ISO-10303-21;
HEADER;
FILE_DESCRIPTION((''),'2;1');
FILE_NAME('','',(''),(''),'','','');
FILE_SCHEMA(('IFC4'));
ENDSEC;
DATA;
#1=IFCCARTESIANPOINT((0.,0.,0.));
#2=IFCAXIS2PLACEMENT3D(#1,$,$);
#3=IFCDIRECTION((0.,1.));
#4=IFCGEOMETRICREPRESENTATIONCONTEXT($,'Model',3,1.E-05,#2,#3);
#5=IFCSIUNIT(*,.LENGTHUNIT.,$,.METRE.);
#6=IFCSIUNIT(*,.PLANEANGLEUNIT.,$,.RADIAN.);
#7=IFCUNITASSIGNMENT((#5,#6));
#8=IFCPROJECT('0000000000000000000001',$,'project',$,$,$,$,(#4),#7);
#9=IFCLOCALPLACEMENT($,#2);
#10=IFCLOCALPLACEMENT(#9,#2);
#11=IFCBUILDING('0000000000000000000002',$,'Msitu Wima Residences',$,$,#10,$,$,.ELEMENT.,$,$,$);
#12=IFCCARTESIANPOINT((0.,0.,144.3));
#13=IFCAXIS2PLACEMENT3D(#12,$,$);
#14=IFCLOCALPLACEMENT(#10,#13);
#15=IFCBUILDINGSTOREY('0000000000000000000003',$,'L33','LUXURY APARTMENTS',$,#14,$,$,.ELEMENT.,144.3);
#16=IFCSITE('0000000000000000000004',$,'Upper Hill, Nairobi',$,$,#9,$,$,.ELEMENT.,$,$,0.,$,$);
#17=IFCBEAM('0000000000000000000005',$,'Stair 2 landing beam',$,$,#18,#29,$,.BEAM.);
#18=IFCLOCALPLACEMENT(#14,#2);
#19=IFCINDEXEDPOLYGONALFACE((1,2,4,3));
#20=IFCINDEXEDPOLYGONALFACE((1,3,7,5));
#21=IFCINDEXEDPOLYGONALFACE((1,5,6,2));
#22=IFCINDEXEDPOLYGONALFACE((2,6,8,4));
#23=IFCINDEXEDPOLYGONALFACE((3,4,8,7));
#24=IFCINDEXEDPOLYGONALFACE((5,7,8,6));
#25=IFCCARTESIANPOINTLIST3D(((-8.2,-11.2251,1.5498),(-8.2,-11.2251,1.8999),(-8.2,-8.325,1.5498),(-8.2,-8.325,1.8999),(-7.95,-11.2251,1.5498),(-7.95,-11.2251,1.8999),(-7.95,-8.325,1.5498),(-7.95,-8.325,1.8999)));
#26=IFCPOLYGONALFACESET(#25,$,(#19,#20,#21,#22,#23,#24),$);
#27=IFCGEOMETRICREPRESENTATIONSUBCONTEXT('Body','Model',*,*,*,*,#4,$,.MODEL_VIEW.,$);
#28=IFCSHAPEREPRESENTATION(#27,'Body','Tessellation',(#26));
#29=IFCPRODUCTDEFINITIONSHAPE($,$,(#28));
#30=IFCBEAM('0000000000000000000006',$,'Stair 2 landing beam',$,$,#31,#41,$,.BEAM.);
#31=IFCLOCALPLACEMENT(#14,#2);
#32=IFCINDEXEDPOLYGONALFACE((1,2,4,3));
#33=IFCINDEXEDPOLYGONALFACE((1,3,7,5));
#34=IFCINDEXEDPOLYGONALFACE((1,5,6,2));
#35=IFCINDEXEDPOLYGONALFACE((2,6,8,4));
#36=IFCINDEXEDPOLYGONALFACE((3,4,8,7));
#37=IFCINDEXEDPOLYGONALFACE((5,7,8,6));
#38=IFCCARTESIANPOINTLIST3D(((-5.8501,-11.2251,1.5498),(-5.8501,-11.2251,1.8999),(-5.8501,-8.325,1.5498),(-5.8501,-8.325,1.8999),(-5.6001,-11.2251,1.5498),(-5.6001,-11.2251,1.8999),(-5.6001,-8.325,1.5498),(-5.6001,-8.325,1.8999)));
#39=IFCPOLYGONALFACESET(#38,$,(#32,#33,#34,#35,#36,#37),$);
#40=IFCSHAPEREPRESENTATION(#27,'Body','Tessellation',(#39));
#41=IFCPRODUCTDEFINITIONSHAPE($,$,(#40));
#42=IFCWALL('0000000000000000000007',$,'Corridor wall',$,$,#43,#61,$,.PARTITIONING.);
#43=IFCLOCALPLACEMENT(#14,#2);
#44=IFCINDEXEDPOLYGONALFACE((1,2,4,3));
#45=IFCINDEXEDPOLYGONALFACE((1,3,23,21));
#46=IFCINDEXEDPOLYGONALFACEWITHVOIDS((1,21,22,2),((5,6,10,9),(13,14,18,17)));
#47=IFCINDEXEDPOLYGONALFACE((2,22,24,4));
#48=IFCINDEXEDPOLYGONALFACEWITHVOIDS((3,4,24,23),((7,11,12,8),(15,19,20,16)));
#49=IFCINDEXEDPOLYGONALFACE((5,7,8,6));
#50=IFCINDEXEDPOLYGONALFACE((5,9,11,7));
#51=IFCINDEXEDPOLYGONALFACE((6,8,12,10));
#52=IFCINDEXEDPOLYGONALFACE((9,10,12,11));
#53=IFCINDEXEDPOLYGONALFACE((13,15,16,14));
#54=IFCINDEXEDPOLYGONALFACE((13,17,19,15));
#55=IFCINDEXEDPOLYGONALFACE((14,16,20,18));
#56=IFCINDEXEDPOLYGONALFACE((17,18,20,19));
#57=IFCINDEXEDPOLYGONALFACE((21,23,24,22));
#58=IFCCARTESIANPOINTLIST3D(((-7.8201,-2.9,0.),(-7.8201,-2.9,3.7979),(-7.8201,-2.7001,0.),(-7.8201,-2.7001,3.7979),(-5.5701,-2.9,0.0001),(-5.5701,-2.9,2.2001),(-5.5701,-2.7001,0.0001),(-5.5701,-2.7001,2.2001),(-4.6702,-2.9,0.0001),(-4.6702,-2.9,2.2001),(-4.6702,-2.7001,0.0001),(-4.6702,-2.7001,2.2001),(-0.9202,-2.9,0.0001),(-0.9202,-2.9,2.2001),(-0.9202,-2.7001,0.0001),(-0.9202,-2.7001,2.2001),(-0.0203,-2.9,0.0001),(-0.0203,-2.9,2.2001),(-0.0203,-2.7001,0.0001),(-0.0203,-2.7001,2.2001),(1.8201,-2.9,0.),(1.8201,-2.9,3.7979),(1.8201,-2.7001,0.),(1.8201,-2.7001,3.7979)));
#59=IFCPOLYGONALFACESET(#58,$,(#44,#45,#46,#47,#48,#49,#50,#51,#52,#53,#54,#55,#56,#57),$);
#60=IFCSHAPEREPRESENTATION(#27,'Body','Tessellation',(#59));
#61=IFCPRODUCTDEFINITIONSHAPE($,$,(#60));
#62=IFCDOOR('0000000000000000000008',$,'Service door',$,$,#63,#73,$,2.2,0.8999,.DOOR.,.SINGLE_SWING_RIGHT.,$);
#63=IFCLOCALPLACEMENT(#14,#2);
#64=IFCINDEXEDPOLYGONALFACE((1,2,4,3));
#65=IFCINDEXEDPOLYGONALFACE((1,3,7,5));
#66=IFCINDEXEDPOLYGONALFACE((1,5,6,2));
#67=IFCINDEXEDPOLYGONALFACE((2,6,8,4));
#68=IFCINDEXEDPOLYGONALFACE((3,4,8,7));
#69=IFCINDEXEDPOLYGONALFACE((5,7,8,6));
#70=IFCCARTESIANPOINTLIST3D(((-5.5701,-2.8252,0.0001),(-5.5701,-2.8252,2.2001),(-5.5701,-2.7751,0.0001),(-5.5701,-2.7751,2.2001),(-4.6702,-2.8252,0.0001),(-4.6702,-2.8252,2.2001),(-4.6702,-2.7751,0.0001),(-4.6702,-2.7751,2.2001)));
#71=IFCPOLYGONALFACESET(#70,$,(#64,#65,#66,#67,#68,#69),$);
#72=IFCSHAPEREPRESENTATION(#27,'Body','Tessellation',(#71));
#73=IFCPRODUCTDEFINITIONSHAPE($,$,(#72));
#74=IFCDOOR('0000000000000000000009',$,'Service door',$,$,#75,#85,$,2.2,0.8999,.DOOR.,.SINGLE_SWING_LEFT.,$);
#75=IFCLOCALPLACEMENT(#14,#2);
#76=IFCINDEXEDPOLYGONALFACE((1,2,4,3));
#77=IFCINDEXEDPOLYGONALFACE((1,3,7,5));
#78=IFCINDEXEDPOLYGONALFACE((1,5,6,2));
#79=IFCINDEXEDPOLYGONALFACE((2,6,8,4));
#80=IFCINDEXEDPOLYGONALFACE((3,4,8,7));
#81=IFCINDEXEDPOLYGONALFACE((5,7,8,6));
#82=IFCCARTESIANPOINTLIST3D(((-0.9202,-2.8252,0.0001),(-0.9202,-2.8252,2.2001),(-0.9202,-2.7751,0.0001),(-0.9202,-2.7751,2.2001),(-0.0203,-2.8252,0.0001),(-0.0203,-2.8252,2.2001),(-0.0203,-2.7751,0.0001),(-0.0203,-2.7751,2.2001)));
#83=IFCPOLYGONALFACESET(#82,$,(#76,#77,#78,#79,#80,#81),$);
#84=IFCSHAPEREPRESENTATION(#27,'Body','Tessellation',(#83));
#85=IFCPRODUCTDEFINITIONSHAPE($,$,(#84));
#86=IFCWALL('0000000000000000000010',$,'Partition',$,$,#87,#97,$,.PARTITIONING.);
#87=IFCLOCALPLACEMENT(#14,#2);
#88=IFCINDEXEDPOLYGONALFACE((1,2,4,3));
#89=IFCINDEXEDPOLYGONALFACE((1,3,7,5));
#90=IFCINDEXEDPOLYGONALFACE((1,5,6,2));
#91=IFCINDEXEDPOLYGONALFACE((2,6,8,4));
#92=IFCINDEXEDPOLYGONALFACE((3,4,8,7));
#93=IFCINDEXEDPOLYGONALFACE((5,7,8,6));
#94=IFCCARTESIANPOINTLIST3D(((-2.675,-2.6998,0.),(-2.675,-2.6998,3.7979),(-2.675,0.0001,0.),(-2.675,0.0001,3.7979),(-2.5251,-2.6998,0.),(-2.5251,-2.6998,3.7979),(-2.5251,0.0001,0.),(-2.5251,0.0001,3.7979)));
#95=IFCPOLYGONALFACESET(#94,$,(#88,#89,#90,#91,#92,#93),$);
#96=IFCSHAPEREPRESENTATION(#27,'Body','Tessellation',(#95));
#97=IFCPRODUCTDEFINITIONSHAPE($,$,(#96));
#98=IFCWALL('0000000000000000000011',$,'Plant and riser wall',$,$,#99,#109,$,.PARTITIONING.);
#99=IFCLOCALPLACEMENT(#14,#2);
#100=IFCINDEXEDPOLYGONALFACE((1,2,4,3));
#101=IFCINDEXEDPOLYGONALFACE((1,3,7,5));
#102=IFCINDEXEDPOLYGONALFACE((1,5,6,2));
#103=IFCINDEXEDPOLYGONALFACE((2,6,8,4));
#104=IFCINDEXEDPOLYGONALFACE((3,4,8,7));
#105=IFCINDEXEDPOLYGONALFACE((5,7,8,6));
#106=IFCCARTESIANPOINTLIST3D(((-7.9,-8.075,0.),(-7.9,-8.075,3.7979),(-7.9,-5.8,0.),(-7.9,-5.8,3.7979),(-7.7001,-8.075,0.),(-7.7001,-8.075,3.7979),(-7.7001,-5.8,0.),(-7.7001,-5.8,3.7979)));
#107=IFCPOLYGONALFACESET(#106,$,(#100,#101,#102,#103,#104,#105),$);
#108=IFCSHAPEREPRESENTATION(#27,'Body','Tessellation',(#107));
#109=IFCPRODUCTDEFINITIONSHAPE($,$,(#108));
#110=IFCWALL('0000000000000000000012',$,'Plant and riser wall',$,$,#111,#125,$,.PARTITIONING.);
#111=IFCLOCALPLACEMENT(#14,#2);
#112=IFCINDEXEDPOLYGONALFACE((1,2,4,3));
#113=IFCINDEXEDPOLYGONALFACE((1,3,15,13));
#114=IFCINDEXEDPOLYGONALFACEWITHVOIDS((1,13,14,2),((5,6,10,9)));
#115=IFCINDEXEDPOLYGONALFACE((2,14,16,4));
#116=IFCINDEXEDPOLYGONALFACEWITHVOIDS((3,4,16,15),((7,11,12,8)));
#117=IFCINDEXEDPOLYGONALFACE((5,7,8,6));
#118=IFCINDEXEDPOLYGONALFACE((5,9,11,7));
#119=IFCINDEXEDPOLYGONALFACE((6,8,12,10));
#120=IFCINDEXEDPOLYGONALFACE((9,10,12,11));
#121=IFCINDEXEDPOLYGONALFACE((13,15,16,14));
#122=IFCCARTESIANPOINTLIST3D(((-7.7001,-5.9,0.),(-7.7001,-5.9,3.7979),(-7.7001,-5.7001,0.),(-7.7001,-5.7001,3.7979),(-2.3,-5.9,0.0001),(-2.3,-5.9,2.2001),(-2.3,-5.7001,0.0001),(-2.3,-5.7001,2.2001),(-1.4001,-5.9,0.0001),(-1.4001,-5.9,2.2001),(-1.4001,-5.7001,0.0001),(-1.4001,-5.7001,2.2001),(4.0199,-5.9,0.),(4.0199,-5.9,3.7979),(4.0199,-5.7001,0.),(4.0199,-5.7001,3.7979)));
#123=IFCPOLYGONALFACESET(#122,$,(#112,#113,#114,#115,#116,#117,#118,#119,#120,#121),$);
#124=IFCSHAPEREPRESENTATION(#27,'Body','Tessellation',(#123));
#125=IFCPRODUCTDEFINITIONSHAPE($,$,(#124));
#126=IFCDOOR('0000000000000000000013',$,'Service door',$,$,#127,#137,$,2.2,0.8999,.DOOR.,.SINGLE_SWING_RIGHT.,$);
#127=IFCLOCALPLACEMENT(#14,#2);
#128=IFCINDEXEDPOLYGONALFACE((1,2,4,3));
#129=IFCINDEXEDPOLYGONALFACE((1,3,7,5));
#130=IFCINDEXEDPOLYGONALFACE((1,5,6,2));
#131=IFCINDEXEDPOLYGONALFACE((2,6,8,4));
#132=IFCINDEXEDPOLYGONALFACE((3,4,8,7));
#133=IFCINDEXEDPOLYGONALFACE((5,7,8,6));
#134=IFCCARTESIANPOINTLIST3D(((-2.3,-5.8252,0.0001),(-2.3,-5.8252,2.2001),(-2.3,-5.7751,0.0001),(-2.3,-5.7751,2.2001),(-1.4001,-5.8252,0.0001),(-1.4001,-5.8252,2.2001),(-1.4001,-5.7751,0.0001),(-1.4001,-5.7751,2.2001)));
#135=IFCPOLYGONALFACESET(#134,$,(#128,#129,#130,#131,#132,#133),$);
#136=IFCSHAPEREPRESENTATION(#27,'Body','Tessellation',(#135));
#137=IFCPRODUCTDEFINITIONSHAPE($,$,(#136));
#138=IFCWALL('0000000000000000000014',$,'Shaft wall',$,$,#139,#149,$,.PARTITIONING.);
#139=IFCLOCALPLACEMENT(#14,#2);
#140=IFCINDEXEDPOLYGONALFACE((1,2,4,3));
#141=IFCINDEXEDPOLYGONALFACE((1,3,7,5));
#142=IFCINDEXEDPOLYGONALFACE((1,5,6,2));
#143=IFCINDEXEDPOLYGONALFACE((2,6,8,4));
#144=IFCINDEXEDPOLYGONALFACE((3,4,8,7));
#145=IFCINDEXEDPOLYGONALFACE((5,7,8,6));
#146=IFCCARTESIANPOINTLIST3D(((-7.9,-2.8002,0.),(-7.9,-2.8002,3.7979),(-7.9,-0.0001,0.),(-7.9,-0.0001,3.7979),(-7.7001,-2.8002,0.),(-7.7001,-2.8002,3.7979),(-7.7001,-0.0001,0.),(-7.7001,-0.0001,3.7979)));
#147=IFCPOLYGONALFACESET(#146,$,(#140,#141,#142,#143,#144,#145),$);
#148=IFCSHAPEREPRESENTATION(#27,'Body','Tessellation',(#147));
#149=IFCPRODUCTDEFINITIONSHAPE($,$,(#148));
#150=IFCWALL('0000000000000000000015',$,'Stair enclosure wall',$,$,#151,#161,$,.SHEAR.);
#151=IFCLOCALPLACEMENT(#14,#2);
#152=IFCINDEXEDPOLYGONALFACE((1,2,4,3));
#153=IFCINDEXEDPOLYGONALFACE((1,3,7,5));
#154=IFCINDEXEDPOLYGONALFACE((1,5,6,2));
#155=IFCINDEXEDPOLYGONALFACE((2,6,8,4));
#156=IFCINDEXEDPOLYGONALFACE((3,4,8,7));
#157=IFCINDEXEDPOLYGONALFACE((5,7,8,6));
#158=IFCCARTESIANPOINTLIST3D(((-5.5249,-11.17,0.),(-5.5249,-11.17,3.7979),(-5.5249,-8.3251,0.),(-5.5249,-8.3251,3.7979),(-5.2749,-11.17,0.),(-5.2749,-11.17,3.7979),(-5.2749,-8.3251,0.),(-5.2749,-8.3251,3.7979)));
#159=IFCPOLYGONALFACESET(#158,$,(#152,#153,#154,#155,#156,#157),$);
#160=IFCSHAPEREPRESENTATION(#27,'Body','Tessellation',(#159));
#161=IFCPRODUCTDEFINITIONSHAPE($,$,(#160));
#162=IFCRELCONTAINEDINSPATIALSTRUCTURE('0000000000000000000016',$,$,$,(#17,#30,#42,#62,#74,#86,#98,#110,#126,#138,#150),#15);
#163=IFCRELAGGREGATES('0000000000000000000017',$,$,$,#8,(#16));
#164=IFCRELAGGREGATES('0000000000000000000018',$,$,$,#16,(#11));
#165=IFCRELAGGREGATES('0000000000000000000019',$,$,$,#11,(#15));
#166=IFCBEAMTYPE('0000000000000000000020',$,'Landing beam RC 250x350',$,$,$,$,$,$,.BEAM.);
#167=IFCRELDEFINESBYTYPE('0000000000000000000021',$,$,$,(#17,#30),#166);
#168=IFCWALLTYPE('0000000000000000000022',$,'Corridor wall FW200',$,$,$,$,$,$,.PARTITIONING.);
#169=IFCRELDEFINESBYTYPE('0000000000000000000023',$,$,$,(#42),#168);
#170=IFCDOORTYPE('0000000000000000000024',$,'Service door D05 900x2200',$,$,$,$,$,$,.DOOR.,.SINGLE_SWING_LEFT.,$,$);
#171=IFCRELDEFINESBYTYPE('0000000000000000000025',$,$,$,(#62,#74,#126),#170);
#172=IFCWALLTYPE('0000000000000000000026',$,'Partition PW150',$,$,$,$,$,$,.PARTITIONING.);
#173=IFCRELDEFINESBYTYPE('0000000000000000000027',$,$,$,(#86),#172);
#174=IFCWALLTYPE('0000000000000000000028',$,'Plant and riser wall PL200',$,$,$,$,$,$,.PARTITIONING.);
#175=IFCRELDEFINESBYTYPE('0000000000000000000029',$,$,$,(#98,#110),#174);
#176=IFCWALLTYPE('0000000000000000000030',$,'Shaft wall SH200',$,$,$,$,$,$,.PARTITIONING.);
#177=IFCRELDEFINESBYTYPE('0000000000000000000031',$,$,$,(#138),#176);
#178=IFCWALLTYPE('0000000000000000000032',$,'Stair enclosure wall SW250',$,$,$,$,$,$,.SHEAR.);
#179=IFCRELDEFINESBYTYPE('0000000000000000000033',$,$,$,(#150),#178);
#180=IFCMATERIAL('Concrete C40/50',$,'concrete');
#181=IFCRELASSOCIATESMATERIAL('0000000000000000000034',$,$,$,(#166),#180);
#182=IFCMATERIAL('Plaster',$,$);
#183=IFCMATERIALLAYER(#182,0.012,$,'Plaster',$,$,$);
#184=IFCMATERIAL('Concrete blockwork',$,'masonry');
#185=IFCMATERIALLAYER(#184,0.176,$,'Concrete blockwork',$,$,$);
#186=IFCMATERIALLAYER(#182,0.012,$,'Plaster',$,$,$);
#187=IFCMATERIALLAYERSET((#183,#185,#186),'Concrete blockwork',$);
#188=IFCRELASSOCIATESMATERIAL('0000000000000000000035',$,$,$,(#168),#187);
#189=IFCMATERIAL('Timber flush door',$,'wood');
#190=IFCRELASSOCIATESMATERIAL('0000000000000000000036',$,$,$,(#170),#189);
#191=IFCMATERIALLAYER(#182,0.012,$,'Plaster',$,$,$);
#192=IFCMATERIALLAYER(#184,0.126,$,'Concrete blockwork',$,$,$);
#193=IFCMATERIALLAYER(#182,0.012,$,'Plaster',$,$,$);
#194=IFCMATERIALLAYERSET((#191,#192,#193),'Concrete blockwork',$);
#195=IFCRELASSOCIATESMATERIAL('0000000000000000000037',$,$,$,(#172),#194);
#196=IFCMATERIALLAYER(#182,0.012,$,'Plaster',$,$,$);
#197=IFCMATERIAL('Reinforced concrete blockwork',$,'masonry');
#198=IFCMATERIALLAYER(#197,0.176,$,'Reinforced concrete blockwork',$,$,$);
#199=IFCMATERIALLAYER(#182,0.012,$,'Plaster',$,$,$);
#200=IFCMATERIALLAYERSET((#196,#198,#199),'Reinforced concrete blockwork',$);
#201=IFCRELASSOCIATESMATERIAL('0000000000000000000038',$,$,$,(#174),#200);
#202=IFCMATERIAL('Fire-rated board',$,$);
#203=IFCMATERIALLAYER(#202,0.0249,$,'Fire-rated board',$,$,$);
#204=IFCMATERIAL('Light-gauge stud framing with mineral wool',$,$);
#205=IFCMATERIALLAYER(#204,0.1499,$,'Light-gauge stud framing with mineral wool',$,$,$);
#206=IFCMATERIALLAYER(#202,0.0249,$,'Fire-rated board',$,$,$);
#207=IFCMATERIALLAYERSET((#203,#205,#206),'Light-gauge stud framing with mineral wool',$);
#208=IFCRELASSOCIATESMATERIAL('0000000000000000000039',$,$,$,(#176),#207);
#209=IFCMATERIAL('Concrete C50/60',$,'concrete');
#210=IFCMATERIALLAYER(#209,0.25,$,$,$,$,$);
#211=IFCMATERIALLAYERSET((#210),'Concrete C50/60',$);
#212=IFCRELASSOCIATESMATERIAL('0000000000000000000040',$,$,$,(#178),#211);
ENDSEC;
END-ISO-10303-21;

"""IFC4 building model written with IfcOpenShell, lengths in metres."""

from ifc_helpers import new_model, si_unit, direction, frame, frame_2d, origin, origin_2d, place, context, subcontext, project, spatial, rectangle, extrude, material, layer, layer_set, material_profile, profile_set, type_object, element, fill, save


model = new_model("IFC4")

# Units and contexts
model_context = context("Model", 3, precision=1e-05, world=origin(), true_north=direction((0.0, 1.0)))
body_context = subcontext(model_context, "Body", "Model", "MODEL_VIEW")
ifc_project = project(units=[si_unit("LENGTHUNIT", "METRE"), si_unit("PLANEANGLEUNIT", "RADIAN")], contexts=[model_context])

# Site, building, storey
site_placement = place(None, origin())
site = spatial("IfcSite", under=ifc_project, at=site_placement, Name="Upper Hill, Nairobi", CompositionType="ELEMENT", RefElevation=0.0)
building_placement = place(site_placement, origin())
building = spatial("IfcBuilding", under=site, at=building_placement, Name="Msitu Wima Residences", CompositionType="ELEMENT")
storey_placement = place(building_placement, frame((0.0, 0.0, 144.3)))
storey = spatial("IfcBuildingStorey", under=building, at=storey_placement, Name="L33", Description="LUXURY APARTMENTS", CompositionType="ELEMENT", Elevation=144.3)

# Beams
ifc_material_1 = material(Name="Concrete C40/50", Category="concrete")
ifc_material_profile = material_profile(ifc_material_1, rectangle(XDim=0.25, YDim=0.3501, at=origin_2d()), Name="RC 250x350")
ifc_profile_set = profile_set([ifc_material_profile], Name="Concrete C40/50")
beam_type = type_object("IfcBeamType", Name="Landing beam RC 250x350", PredefinedType="BEAM", material=ifc_profile_set)
for number, where, z_axis, x_axis, name in (
    (1, (-8.075, -11.2251, 1.7249), (0.0, 1.0, 0.0), (-1.0, 0.0, 0.0), "Stair 2 landing beam"),
    (2, (-5.7251, -11.2251, 1.7249), (0.0, 1.0, 0.0), (-1.0, 0.0, 0.0), "Stair 2 landing beam"),
):
    element("IfcBeam", number, at=place(storey_placement, frame(where, z_axis=z_axis, x_axis=x_axis)), inside=storey, type_object=beam_type, Name=name, PredefinedType="BEAM", context=body_context, shape_type="SweptSolid", body=[
        extrude(rectangle(XDim=0.25, YDim=0.3501, at=origin_2d()), origin(), (0.0, 0.0, 1.0), 2.9001),
    ])

# Wall, openings, doors
ifc_material_2 = material(Name="Plaster")
ifc_layer_1 = layer(ifc_material_2, 0.012, Name="Plaster")
ifc_material_3 = material(Name="Concrete blockwork", Category="masonry")
ifc_layer_2 = layer(ifc_material_3, 0.176, Name="Concrete blockwork")
ifc_layer_3 = layer(ifc_material_2, 0.012, Name="Plaster")
ifc_layer_set_1 = layer_set([ifc_layer_1, ifc_layer_2, ifc_layer_3], Name="Concrete blockwork")
wall_type_1 = type_object("IfcWallType", Name="Corridor wall FW200", PredefinedType="PARTITIONING", material=ifc_layer_set_1)
wall_1_placement = place(storey_placement, frame((-7.8201, -2.8, 0.0), z_axis=(0.0, 0.0, 1.0), x_axis=(1.0, 0.0, 0.0)))
wall_1 = element("IfcWall", 3, at=wall_1_placement, inside=storey, type_object=wall_type_1, Name="Corridor wall", PredefinedType="PARTITIONING", context=body_context, shape_type="SweptSolid", body=[
    extrude(rectangle(XDim=9.6401, YDim=0.2, at=frame_2d((4.8201, 0.0))), origin(), (0.0, 0.0, 1.0), 3.7979),
])
opening_1_placement = place(wall_1_placement, frame((2.25, 0.0, 0.0)))
opening_1 = element("IfcOpeningElement", 4, at=opening_1_placement, cuts=wall_1, PredefinedType="OPENING", context=body_context, shape_type="SweptSolid", body=[
    extrude(rectangle(XDim=0.8999, YDim=2.2, at=frame_2d((0.45, 1.1001))), frame((0.0, 0.1099, 0.0), z_axis=(0.0, -1.0, 0.0), x_axis=(1.0, 0.0, 0.0)), (0.0, 0.0, 1.0), 0.22),
])
opening_2_placement = place(wall_1_placement, frame((6.8999, 0.0, 0.0)))
opening_2 = element("IfcOpeningElement", 5, at=opening_2_placement, cuts=wall_1, PredefinedType="OPENING", context=body_context, shape_type="SweptSolid", body=[
    extrude(rectangle(XDim=0.8999, YDim=2.2, at=frame_2d((0.45, 1.1001))), frame((0.0, 0.1099, 0.0), z_axis=(0.0, -1.0, 0.0), x_axis=(1.0, 0.0, 0.0)), (0.0, 0.0, 1.0), 0.22),
])
ifc_material_4 = material(Name="Timber flush door", Category="wood")
door_type_1 = type_object("IfcDoorType", Name="Service door D05 900x2200", OperationType="SINGLE_SWING_LEFT", PredefinedType="DOOR", material=ifc_material_4)
door_1_placement = place(opening_1_placement, origin())
door_1 = element("IfcDoor", 6, at=door_1_placement, inside=storey, type_object=door_type_1, Name="Service door", OperationType="SINGLE_SWING_RIGHT", OverallHeight=2.2, OverallWidth=0.8999, PredefinedType="DOOR", context=body_context, shape_type="SweptSolid", body=[
    extrude(rectangle(XDim=0.8999, YDim=2.2, at=frame_2d((0.45, 1.1001))), frame((0.0, 0.0249, 0.0), z_axis=(0.0, -1.0, 0.0), x_axis=(1.0, 0.0, 0.0)), (0.0, 0.0, 1.0), 0.05),
])
fill(opening_1, door_1)
door_2_placement = place(opening_2_placement, origin())
door_2 = element("IfcDoor", 7, at=door_2_placement, inside=storey, type_object=door_type_1, Name="Service door", OperationType="SINGLE_SWING_LEFT", OverallHeight=2.2, OverallWidth=0.8999, PredefinedType="DOOR", context=body_context, shape_type="SweptSolid", body=[
    extrude(rectangle(XDim=0.8999, YDim=2.2, at=frame_2d((0.45, 1.1001))), frame((0.0, 0.0249, 0.0), z_axis=(0.0, -1.0, 0.0), x_axis=(1.0, 0.0, 0.0)), (0.0, 0.0, 1.0), 0.05),
])
fill(opening_2, door_2)

# Walls
ifc_layer_4 = layer(ifc_material_2, 0.012, Name="Plaster")
ifc_layer_5 = layer(ifc_material_3, 0.126, Name="Concrete blockwork")
ifc_layer_6 = layer(ifc_material_2, 0.012, Name="Plaster")
ifc_layer_set_2 = layer_set([ifc_layer_4, ifc_layer_5, ifc_layer_6], Name="Concrete blockwork")
wall_type_2 = type_object("IfcWallType", Name="Partition PW150", PredefinedType="PARTITIONING", material=ifc_layer_set_2)
wall_2_placement = place(storey_placement, frame((-2.6001, -2.7, 0.0), z_axis=(0.0, 0.0, 1.0), x_axis=(0.0, 1.0, 0.0)))
element("IfcWall", 8, at=wall_2_placement, inside=storey, type_object=wall_type_2, Name="Partition", PredefinedType="PARTITIONING", context=body_context, shape_type="SweptSolid", body=[
    extrude(rectangle(XDim=2.7, YDim=0.1499, at=frame_2d((1.3501, 0.0))), origin(), (0.0, 0.0, 1.0), 3.7979),
])
ifc_layer_7 = layer(ifc_material_2, 0.012, Name="Plaster")
ifc_material_5 = material(Name="Reinforced concrete blockwork", Category="masonry")
ifc_layer_8 = layer(ifc_material_5, 0.176, Name="Reinforced concrete blockwork")
ifc_layer_9 = layer(ifc_material_2, 0.012, Name="Plaster")
ifc_layer_set_3 = layer_set([ifc_layer_7, ifc_layer_8, ifc_layer_9], Name="Reinforced concrete blockwork")
wall_type_3 = type_object("IfcWallType", Name="Plant and riser wall PL200", PredefinedType="PARTITIONING", material=ifc_layer_set_3)
wall_3_placement = place(storey_placement, frame((-7.8, -8.075, 0.0), z_axis=(0.0, 0.0, 1.0), x_axis=(0.0, 1.0, 0.0)))
element("IfcWall", 9, at=wall_3_placement, inside=storey, type_object=wall_type_3, Name="Plant and riser wall", PredefinedType="PARTITIONING", context=body_context, shape_type="SweptSolid", body=[
    extrude(rectangle(XDim=2.2749, YDim=0.2, at=frame_2d((1.1375, 0.0))), origin(), (0.0, 0.0, 1.0), 3.7979),
])

# Wall, opening, door
wall_4_placement = place(storey_placement, frame((-7.7, -5.8, 0.0), z_axis=(0.0, 0.0, 1.0), x_axis=(1.0, 0.0, 0.0)))
wall_4 = element("IfcWall", 10, at=wall_4_placement, inside=storey, type_object=wall_type_3, Name="Plant and riser wall", PredefinedType="PARTITIONING", context=body_context, shape_type="SweptSolid", body=[
    extrude(rectangle(XDim=11.72, YDim=0.2, at=frame_2d((5.8599, 0.0))), origin(), (0.0, 0.0, 1.0), 3.7979),
])
opening_3_placement = place(wall_4_placement, frame((5.3999, 0.0, 0.0)))
opening_3 = element("IfcOpeningElement", 11, at=opening_3_placement, cuts=wall_4, PredefinedType="OPENING", context=body_context, shape_type="SweptSolid", body=[
    extrude(rectangle(XDim=0.8999, YDim=2.2, at=frame_2d((0.45, 1.1001))), frame((0.0, 0.1099, 0.0), z_axis=(0.0, -1.0, 0.0), x_axis=(1.0, 0.0, 0.0)), (0.0, 0.0, 1.0), 0.22),
])
door_3_placement = place(opening_3_placement, origin())
door_3 = element("IfcDoor", 12, at=door_3_placement, inside=storey, type_object=door_type_1, Name="Service door", OperationType="SINGLE_SWING_RIGHT", OverallHeight=2.2, OverallWidth=0.8999, PredefinedType="DOOR", context=body_context, shape_type="SweptSolid", body=[
    extrude(rectangle(XDim=0.8999, YDim=2.2, at=frame_2d((0.45, 1.1001))), frame((0.0, 0.0249, 0.0), z_axis=(0.0, -1.0, 0.0), x_axis=(1.0, 0.0, 0.0)), (0.0, 0.0, 1.0), 0.05),
])
fill(opening_3, door_3)

# Walls
ifc_material_6 = material(Name="Fire-rated board")
ifc_layer_10 = layer(ifc_material_6, 0.0249, Name="Fire-rated board")
ifc_material_7 = material(Name="Light-gauge stud framing with mineral wool")
ifc_layer_11 = layer(ifc_material_7, 0.1499, Name="Light-gauge stud framing with mineral wool")
ifc_layer_12 = layer(ifc_material_6, 0.0249, Name="Fire-rated board")
ifc_layer_set_4 = layer_set([ifc_layer_10, ifc_layer_11, ifc_layer_12], Name="Light-gauge stud framing with mineral wool")
wall_type_4 = type_object("IfcWallType", Name="Shaft wall SH200", PredefinedType="PARTITIONING", material=ifc_layer_set_4)
wall_5_placement = place(storey_placement, frame((-7.8, -2.8, 0.0), z_axis=(0.0, 0.0, 1.0), x_axis=(0.0, 1.0, 0.0)))
element("IfcWall", 13, at=wall_5_placement, inside=storey, type_object=wall_type_4, Name="Shaft wall", PredefinedType="PARTITIONING", context=body_context, shape_type="SweptSolid", body=[
    extrude(rectangle(XDim=2.8, YDim=0.2, at=frame_2d((1.3999, 0.0))), origin(), (0.0, 0.0, 1.0), 3.7979),
])
ifc_material_8 = material(Name="Concrete C50/60", Category="concrete")
ifc_layer_13 = layer(ifc_material_8, 0.25)
ifc_layer_set_5 = layer_set([ifc_layer_13], Name="Concrete C50/60")
wall_type_5 = type_object("IfcWallType", Name="Stair enclosure wall SW250", PredefinedType="SHEAR", material=ifc_layer_set_5)
wall_6_placement = place(storey_placement, frame((-5.3999, -11.1699, 0.0), z_axis=(0.0, 0.0, 1.0), x_axis=(0.0, 1.0, 0.0)))
element("IfcWall", 14, at=wall_6_placement, inside=storey, type_object=wall_type_5, Name="Stair enclosure wall", PredefinedType="SHEAR", context=body_context, shape_type="SweptSolid", body=[
    extrude(rectangle(XDim=2.845, YDim=0.25, at=frame_2d((1.4224, 0.0))), origin(), (0.0, 0.0, 1.0), 3.7979),
])

save(model, "model.ifc")
